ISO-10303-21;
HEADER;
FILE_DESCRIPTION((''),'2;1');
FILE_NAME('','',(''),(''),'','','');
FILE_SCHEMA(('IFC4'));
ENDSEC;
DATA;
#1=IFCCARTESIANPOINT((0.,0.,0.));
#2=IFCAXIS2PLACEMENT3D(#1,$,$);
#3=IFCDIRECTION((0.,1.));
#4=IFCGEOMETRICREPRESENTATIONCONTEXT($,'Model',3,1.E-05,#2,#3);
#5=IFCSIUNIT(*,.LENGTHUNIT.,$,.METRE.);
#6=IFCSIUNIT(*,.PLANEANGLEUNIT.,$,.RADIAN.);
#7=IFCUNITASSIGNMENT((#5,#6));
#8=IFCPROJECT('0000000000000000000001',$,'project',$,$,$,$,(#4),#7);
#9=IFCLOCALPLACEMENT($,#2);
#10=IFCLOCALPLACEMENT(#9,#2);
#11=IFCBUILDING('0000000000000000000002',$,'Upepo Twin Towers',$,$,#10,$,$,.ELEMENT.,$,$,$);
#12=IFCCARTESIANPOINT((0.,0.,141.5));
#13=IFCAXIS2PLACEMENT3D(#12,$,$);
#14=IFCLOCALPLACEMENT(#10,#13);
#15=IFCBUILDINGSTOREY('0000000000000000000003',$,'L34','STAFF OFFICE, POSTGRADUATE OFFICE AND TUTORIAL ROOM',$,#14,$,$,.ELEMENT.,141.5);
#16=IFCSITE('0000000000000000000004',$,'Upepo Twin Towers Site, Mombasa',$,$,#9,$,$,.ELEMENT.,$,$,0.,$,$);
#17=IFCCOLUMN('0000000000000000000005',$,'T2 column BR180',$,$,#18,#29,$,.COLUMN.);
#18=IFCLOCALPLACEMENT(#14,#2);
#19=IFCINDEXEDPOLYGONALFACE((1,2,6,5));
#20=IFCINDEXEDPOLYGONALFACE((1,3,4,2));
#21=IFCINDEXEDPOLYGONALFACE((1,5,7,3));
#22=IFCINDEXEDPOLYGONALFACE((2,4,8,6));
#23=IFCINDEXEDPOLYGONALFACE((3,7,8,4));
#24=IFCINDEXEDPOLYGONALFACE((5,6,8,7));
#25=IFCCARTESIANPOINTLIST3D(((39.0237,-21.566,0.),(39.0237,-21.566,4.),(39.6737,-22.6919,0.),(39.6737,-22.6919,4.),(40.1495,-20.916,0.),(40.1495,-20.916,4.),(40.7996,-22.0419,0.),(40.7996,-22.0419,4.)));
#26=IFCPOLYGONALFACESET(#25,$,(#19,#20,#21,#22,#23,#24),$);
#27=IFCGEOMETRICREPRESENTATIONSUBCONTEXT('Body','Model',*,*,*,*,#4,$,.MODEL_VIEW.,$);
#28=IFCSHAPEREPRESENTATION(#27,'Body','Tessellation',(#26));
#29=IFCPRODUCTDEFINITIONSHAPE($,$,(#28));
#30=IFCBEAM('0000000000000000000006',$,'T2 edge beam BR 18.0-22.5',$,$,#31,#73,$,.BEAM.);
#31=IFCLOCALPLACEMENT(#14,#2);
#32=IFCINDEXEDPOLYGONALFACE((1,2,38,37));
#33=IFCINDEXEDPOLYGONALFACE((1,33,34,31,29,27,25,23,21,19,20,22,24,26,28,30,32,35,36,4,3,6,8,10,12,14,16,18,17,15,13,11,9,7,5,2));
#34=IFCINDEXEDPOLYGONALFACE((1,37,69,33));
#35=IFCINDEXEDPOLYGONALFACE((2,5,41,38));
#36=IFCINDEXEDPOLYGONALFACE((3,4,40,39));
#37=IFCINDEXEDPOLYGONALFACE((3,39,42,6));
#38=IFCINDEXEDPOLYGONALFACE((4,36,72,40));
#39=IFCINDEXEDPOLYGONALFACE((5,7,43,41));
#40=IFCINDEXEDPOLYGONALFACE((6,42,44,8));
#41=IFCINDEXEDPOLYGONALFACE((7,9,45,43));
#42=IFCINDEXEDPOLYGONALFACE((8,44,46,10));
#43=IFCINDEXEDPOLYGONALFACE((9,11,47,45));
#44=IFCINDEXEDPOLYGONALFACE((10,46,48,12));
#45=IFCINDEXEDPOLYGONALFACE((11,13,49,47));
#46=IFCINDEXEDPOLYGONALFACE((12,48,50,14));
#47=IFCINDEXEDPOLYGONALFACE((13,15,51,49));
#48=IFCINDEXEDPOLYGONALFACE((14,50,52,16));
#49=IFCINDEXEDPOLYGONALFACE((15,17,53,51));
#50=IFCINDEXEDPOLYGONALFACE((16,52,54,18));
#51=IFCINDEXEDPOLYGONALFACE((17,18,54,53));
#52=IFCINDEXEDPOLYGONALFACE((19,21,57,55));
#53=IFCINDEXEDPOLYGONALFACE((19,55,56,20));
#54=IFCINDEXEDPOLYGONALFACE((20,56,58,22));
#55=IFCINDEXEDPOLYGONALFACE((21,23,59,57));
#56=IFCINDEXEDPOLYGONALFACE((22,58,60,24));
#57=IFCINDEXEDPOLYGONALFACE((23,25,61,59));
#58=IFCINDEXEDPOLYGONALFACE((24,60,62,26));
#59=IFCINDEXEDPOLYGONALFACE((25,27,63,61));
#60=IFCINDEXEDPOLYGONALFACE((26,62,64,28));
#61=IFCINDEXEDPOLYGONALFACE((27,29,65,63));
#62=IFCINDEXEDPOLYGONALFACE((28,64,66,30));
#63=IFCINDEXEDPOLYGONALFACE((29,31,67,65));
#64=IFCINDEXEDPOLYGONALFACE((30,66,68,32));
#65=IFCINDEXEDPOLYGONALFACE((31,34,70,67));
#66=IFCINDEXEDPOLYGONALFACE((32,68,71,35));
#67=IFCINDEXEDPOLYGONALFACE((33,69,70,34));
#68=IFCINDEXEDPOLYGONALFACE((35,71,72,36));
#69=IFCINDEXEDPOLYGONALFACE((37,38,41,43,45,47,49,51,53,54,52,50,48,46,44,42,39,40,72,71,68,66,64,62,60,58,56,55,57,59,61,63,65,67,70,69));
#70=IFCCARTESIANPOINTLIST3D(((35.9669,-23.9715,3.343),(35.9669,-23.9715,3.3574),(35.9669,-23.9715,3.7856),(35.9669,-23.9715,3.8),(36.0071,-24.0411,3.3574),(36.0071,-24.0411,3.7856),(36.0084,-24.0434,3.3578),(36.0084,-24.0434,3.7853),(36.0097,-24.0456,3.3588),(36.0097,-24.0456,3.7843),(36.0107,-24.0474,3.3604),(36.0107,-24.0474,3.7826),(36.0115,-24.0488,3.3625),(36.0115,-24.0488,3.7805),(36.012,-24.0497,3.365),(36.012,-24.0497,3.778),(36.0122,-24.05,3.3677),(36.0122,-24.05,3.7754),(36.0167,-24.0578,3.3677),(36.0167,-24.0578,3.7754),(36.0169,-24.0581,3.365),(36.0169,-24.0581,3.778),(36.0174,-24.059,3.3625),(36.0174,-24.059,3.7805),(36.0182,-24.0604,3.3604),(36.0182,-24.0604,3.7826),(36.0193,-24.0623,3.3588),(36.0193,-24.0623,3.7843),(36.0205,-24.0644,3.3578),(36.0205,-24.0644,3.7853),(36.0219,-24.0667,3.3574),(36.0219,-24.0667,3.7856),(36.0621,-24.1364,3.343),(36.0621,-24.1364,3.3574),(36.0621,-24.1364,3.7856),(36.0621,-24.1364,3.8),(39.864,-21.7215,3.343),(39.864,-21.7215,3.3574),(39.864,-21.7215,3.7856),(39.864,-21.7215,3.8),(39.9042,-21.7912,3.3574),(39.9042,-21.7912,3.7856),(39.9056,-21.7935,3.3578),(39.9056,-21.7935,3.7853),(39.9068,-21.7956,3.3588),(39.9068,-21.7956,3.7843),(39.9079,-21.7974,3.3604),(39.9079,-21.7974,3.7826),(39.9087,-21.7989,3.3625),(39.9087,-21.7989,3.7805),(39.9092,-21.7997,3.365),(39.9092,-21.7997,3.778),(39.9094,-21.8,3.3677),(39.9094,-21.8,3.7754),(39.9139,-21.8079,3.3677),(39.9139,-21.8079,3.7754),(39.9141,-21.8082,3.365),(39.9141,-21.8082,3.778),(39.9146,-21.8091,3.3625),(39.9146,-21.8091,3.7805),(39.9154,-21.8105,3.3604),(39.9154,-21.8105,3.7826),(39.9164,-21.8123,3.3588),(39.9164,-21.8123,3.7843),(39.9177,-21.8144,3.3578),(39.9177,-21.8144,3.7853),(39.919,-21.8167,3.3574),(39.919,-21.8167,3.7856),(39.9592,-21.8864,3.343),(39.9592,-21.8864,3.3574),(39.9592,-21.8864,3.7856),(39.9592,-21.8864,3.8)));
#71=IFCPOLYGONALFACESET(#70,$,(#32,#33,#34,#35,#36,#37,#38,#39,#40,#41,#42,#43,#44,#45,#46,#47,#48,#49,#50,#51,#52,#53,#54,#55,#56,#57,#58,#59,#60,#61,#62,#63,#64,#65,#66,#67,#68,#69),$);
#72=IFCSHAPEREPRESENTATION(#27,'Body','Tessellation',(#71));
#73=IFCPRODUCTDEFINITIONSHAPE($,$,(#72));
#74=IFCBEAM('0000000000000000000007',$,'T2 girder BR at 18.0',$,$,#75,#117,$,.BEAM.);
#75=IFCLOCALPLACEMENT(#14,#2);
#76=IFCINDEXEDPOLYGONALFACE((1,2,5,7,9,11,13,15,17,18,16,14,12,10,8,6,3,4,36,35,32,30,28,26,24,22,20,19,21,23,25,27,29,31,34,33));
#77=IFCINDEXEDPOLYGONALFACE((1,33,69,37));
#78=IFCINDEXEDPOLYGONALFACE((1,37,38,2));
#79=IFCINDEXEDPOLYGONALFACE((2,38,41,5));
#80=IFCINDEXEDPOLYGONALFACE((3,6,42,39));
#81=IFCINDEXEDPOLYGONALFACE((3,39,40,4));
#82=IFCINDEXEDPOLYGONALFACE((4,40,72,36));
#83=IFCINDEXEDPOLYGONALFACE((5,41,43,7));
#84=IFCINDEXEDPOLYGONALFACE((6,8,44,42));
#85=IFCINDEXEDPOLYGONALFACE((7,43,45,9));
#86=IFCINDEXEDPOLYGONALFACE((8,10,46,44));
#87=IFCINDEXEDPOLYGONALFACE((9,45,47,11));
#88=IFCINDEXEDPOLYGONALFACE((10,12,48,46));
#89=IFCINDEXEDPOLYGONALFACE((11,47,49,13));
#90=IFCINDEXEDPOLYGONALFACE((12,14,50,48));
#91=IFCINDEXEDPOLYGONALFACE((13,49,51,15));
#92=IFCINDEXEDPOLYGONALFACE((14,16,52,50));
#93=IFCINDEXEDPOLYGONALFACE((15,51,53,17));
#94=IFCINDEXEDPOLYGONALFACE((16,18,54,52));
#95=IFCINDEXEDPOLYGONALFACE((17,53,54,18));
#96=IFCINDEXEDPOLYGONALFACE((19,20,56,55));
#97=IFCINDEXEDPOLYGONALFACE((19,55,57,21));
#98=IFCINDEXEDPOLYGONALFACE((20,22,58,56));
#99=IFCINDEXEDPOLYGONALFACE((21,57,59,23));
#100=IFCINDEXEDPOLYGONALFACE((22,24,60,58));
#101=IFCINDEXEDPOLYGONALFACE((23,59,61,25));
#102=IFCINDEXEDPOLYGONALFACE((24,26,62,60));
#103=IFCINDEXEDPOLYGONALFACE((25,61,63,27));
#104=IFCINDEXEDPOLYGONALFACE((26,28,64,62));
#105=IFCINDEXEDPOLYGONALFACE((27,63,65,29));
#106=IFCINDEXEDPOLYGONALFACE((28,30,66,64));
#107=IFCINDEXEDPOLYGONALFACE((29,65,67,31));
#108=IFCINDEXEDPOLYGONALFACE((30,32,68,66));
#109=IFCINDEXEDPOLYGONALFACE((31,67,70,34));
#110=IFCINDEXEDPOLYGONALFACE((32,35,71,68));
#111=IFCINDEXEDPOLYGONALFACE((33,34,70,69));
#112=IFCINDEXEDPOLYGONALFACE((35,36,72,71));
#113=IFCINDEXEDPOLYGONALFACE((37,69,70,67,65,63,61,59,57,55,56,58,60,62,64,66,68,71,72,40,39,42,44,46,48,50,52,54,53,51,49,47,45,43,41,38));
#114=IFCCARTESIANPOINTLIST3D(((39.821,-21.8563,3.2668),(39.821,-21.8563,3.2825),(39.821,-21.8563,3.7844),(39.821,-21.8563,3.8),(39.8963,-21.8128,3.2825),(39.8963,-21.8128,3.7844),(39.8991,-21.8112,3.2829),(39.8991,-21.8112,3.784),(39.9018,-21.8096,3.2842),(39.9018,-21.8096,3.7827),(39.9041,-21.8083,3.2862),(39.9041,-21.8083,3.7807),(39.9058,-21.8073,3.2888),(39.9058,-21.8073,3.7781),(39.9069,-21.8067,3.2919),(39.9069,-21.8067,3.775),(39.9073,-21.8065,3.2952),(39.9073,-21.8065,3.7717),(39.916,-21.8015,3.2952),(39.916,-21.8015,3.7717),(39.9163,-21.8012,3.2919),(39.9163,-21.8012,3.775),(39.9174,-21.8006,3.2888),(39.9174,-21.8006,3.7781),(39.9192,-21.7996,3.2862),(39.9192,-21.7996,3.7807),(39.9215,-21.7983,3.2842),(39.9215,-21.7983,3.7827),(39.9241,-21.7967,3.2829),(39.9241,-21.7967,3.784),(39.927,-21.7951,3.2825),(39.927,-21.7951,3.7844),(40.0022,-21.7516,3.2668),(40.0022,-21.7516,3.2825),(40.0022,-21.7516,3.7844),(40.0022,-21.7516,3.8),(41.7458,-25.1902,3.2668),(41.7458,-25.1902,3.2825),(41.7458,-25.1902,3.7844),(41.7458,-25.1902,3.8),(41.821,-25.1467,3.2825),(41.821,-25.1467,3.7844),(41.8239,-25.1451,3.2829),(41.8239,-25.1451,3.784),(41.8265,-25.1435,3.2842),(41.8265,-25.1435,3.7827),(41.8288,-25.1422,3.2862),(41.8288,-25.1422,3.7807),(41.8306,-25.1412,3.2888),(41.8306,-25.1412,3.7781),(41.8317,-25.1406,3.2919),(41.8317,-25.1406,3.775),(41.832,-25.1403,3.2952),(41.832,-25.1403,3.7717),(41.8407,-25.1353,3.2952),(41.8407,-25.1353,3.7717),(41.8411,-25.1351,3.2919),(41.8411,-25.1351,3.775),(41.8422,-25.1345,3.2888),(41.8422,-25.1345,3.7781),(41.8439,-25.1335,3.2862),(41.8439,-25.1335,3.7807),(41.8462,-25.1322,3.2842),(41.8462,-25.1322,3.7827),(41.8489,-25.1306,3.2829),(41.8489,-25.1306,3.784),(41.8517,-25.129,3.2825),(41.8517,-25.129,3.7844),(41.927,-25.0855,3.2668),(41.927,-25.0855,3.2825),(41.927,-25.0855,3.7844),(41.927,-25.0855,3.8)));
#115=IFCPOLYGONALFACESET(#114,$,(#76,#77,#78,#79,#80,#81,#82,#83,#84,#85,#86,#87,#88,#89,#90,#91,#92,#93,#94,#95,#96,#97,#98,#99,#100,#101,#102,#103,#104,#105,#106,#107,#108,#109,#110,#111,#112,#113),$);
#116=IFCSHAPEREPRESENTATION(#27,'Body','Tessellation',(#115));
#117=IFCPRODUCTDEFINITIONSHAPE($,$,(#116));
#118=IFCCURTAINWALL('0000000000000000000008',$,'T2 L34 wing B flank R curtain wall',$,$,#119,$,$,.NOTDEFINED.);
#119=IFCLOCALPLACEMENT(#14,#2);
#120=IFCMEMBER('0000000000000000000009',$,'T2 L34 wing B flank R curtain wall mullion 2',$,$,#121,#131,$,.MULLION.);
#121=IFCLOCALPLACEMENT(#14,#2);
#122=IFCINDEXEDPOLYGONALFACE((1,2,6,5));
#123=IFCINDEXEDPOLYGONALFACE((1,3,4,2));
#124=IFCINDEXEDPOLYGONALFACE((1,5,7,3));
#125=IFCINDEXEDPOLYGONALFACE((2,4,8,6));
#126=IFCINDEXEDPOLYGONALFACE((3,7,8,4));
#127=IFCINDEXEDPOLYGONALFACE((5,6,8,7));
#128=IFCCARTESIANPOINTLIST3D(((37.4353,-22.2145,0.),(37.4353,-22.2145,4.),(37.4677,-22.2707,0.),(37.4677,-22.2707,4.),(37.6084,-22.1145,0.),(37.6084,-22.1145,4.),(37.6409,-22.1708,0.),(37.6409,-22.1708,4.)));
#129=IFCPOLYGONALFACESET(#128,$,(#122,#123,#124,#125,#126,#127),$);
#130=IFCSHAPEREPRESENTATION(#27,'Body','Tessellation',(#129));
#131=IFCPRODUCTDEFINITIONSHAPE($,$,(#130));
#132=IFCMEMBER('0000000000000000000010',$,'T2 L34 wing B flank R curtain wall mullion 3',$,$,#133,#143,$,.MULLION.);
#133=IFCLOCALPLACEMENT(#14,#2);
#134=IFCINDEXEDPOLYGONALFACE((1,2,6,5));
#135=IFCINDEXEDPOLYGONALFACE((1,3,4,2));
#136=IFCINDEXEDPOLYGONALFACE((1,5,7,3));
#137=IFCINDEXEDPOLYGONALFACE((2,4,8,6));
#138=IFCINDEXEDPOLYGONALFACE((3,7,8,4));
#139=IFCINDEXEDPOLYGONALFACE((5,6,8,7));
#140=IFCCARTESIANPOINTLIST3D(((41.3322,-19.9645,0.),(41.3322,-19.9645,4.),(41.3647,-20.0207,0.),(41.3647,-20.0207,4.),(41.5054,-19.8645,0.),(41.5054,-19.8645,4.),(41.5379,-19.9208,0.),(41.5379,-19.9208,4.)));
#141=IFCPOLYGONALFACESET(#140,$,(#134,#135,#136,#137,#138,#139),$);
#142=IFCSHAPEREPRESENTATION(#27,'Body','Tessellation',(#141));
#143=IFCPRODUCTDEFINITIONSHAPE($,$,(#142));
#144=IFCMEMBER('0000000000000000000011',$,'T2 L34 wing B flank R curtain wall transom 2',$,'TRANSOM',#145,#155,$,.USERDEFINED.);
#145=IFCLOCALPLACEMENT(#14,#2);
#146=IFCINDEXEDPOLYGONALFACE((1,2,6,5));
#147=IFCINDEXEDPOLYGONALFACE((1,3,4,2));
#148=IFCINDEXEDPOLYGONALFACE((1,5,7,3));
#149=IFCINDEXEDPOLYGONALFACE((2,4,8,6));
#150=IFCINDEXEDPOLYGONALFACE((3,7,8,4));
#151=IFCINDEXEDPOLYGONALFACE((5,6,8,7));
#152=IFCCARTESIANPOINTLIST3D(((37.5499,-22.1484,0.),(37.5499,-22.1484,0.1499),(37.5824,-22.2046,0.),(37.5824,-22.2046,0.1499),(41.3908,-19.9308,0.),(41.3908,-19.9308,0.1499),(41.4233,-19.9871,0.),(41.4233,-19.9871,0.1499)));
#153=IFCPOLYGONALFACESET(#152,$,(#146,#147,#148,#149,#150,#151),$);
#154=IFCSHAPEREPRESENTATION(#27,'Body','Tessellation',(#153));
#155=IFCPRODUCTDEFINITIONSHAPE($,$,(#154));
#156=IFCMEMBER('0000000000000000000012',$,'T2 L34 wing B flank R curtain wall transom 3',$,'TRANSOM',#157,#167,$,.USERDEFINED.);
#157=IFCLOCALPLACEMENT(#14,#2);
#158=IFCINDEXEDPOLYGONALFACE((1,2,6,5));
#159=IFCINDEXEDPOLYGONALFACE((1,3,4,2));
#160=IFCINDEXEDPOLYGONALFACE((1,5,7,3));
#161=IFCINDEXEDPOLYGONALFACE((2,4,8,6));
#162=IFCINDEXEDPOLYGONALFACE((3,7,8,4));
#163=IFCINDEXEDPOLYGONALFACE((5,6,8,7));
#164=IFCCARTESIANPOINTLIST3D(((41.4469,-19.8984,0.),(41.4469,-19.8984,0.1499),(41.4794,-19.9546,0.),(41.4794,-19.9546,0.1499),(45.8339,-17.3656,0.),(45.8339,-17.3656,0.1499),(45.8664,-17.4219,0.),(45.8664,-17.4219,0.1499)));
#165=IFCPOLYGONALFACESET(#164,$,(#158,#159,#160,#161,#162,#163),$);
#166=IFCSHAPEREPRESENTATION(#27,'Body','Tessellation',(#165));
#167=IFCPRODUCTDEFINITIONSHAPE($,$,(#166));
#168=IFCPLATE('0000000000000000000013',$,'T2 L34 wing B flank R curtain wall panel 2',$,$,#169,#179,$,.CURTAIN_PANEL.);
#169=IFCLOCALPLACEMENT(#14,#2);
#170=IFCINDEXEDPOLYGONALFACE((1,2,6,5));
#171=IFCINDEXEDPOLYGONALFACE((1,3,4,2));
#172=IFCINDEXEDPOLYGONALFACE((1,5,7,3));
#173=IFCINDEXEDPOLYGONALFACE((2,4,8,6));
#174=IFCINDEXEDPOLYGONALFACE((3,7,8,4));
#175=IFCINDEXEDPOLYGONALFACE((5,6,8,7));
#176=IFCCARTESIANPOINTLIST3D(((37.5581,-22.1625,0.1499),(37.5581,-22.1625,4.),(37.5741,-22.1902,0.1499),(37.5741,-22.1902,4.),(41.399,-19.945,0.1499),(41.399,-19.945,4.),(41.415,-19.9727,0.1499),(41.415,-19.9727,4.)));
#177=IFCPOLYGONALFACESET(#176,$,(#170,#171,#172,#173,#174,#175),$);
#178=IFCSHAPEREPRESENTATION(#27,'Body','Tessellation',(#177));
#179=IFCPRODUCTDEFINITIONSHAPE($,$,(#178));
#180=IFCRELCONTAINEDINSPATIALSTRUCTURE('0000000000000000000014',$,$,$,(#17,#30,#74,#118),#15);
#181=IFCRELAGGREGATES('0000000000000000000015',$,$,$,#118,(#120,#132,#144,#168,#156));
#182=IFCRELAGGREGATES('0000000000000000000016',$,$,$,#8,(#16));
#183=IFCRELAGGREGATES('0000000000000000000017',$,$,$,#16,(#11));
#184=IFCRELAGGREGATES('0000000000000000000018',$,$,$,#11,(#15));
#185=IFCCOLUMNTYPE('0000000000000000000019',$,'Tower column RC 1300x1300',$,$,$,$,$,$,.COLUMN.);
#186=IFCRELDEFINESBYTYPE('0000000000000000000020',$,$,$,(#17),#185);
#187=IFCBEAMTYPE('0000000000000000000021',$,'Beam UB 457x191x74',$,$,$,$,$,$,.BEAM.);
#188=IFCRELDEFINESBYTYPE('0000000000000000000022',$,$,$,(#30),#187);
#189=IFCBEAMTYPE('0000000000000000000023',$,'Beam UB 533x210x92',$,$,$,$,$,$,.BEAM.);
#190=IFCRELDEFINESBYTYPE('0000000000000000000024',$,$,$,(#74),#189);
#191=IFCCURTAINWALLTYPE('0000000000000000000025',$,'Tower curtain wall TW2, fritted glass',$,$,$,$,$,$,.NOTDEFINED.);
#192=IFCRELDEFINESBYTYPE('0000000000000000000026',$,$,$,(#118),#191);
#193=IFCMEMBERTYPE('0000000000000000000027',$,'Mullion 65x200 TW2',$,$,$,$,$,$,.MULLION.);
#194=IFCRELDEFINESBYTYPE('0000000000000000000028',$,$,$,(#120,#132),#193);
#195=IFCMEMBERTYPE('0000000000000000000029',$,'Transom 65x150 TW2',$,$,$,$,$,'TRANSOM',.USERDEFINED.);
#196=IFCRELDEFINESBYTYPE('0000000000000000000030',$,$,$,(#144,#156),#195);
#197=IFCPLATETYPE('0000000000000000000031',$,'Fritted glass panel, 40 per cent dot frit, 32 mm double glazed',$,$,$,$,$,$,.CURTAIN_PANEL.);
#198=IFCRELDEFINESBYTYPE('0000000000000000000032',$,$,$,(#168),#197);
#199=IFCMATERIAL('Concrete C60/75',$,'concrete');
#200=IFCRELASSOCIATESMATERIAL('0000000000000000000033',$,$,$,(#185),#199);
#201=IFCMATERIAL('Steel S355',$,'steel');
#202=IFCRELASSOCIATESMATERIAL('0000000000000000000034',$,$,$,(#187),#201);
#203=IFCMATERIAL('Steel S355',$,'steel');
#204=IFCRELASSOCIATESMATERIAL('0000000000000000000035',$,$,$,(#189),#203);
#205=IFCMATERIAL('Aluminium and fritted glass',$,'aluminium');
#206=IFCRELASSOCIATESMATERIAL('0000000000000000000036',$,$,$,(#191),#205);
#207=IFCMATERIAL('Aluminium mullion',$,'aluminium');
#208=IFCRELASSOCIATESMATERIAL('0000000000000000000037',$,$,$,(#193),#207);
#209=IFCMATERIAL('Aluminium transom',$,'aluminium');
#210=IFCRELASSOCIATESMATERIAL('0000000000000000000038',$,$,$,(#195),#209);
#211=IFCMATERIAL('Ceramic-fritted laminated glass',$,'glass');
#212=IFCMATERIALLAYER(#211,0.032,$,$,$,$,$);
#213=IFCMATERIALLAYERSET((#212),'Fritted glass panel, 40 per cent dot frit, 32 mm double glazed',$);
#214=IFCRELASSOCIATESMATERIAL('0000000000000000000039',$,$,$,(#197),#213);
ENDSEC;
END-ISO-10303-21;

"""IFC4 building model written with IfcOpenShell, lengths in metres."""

from ifc_helpers import new_model, si_unit, direction, frame, origin, origin_2d, place, context, subcontext, project, spatial, rectangle, i_section, extrude, material, layer, layer_set, material_profile, profile_set, type_object, element, aggregate, save


model = new_model("IFC4")

# Units and contexts
model_context = context("Model", 3, precision=1e-05, world=origin(), true_north=direction((0.0, 1.0)))
body_context = subcontext(model_context, "Body", "Model", "MODEL_VIEW")
ifc_project = project(units=[si_unit("LENGTHUNIT", "METRE"), si_unit("PLANEANGLEUNIT", "RADIAN")], contexts=[model_context])

# Site, building, storey
site_placement = place(None, origin())
site = spatial("IfcSite", under=ifc_project, at=site_placement, Name="Upepo Twin Towers Site, Mombasa", CompositionType="ELEMENT", RefElevation=0.0)
building_placement = place(site_placement, origin())
building = spatial("IfcBuilding", under=site, at=building_placement, Name="Upepo Twin Towers", CompositionType="ELEMENT")
storey_placement = place(building_placement, frame((0.0, 0.0, 141.5)))
storey = spatial("IfcBuildingStorey", under=building, at=storey_placement, Name="L34", Description="STAFF OFFICE, POSTGRADUATE OFFICE AND TUTORIAL ROOM", CompositionType="ELEMENT", Elevation=141.5)

# Column
ifc_material_1 = material(Name="Concrete C60/75", Category="concrete")
ifc_material_profile_1 = material_profile(ifc_material_1, rectangle(XDim=1.3, YDim=1.3, at=origin_2d()), Name="RC 1300x1300")
ifc_profile_set_1 = profile_set([ifc_material_profile_1], Name="Concrete C60/75")
column_type = type_object("IfcColumnType", Name="Tower column RC 1300x1300", PredefinedType="COLUMN", material=ifc_profile_set_1)
column_placement = place(storey_placement, frame((39.9116, -21.804, 0.0), z_axis=(0.0, 0.0, 1.0), x_axis=(0.866025, 0.5, 0.0)))
element("IfcColumn", 1, at=column_placement, inside=storey, type_object=column_type, Name="T2 column BR180", PredefinedType="COLUMN", context=body_context, shape_type="SweptSolid", body=[
    extrude(rectangle(XDim=1.3, YDim=1.3, at=origin_2d()), origin(), (0.0, 0.0, 1.0), 4.0),
])

# Beams
ifc_material_2 = material(Name="Steel S355", Category="steel")
ifc_material_profile_2 = material_profile(ifc_material_2, i_section(OverallWidth=0.1904, OverallDepth=0.457, WebThickness=0.009, FlangeThickness=0.0144, FilletRadius=0.0103, at=origin_2d()), Name="UB 457x191x74")
ifc_profile_set_2 = profile_set([ifc_material_profile_2], Name="Steel S355")
beam_type_1 = type_object("IfcBeamType", Name="Beam UB 457x191x74", PredefinedType="BEAM", material=ifc_profile_set_2)
beam_1_placement = place(storey_placement, frame((39.9116, -21.804, 3.5715), z_axis=(-0.866031, -0.49999, 0.0), x_axis=(0.49999, -0.866031, 0.0)))
element("IfcBeam", 2, at=beam_1_placement, inside=storey, type_object=beam_type_1, Name="T2 edge beam BR 18.0-22.5", PredefinedType="BEAM", context=body_context, shape_type="SweptSolid", body=[
    extrude(i_section(OverallWidth=0.1904, OverallDepth=0.457, WebThickness=0.009, FlangeThickness=0.0144, FilletRadius=0.0103, at=origin_2d()), origin(), (0.0, 0.0, 1.0), 4.5),
])
ifc_material_3 = material(Name="Steel S355", Category="steel")
ifc_material_profile_3 = material_profile(ifc_material_3, i_section(OverallWidth=0.2092, OverallDepth=0.5332, WebThickness=0.01, FlangeThickness=0.0156, FilletRadius=0.0127, at=origin_2d()), Name="UB 533x210x92")
ifc_profile_set_3 = profile_set([ifc_material_profile_3], Name="Steel S355")
beam_type_2 = type_object("IfcBeamType", Name="Beam UB 533x210x92", PredefinedType="BEAM", material=ifc_profile_set_3)
beam_2_placement = place(storey_placement, frame((39.9116, -21.804, 3.5334), z_axis=(0.499986, -0.866034, 0.0), x_axis=(0.866034, 0.499986, 0.0)))
element("IfcBeam", 3, at=beam_2_placement, inside=storey, type_object=beam_type_2, Name="T2 girder BR at 18.0", PredefinedType="BEAM", context=body_context, shape_type="SweptSolid", body=[
    extrude(i_section(OverallWidth=0.2092, OverallDepth=0.5332, WebThickness=0.01, FlangeThickness=0.0156, FilletRadius=0.0127, at=origin_2d()), origin(), (0.0, 0.0, 1.0), 3.8496),
])

# Curtain wall, members, plate
ifc_material_4 = material(Name="Aluminium and fritted glass", Category="aluminium")
curtain_wall_type = type_object("IfcCurtainWallType", Name="Tower curtain wall TW2, fritted glass", PredefinedType="NOTDEFINED", material=ifc_material_4)
curtain_wall_placement = place(storey_placement, origin())
curtain_wall = element("IfcCurtainWall", 4, at=curtain_wall_placement, inside=storey, type_object=curtain_wall_type, Name="T2 L34 wing B flank R curtain wall", PredefinedType="NOTDEFINED")
ifc_material_5 = material(Name="Aluminium mullion", Category="aluminium")
ifc_material_profile_4 = material_profile(ifc_material_5, rectangle(XDim=0.0649, YDim=0.2, at=origin_2d()), Name="MULLION 65x200")
ifc_profile_set_4 = profile_set([ifc_material_profile_4], Name="Aluminium mullion")
member_type_1 = type_object("IfcMemberType", Name="Mullion 65x200 TW2", PredefinedType="MULLION", material=ifc_profile_set_4)
member_1_placement = place(storey_placement, frame((37.5381, -22.1926, 0.0), z_axis=(0.0, 0.0, 1.0), x_axis=(-0.5, 0.866025, 0.0)))
member_1 = element("IfcMember", 5, at=member_1_placement, type_object=member_type_1, Name="T2 L34 wing B flank R curtain wall mullion 2", PredefinedType="MULLION", context=body_context, shape_type="SweptSolid", body=[
    extrude(rectangle(XDim=0.0649, YDim=0.2, at=origin_2d()), origin(), (0.0, 0.0, 1.0), 4.0),
])
member_2_placement = place(storey_placement, frame((41.4351, -19.9426, 0.0), z_axis=(0.0, 0.0, 1.0), x_axis=(-0.5, 0.866025, 0.0)))
member_2 = element("IfcMember", 6, at=member_2_placement, type_object=member_type_1, Name="T2 L34 wing B flank R curtain wall mullion 3", PredefinedType="MULLION", context=body_context, shape_type="SweptSolid", body=[
    extrude(rectangle(XDim=0.0649, YDim=0.2, at=origin_2d()), origin(), (0.0, 0.0, 1.0), 4.0),
])
ifc_material_6 = material(Name="Aluminium transom", Category="aluminium")
ifc_material_profile_5 = material_profile(ifc_material_6, rectangle(XDim=0.0649, YDim=0.1499, at=origin_2d()), Name="TRANSOM 65x150")
ifc_profile_set_5 = profile_set([ifc_material_profile_5], Name="Aluminium transom")
member_type_2 = type_object("IfcMemberType", Name="Transom 65x150 TW2", ElementType="TRANSOM", PredefinedType="USERDEFINED", material=ifc_profile_set_5)
member_3_placement = place(storey_placement, frame((37.5662, -22.1765, 0.075), z_axis=(0.866022, 0.500005, 0.0), x_axis=(-0.500005, 0.866022, 0.0)))
member_3 = element("IfcMember", 7, at=member_3_placement, type_object=member_type_2, Name="T2 L34 wing B flank R curtain wall transom 2", ObjectType="TRANSOM", PredefinedType="USERDEFINED", context=body_context, shape_type="SweptSolid", body=[
    extrude(rectangle(XDim=0.0649, YDim=0.1499, at=origin_2d()), origin(), (0.0, 0.0, 1.0), 4.4351),
])
member_4_placement = place(storey_placement, frame((41.4631, -19.9265, 0.075), z_axis=(0.866034, 0.499985, 0.0), x_axis=(-0.499985, 0.866034, 0.0)))
member_4 = element("IfcMember", 8, at=member_4_placement, type_object=member_type_2, Name="T2 L34 wing B flank R curtain wall transom 3", ObjectType="TRANSOM", PredefinedType="USERDEFINED", context=body_context, shape_type="SweptSolid", body=[
    extrude(rectangle(XDim=0.0649, YDim=0.1499, at=origin_2d()), origin(), (0.0, 0.0, 1.0), 5.0657),
])
ifc_material_7 = material(Name="Ceramic-fritted laminated glass", Category="glass")
ifc_layer_1 = layer(ifc_material_7, 0.032)
ifc_layer_set_1 = layer_set([ifc_layer_1], Name="Fritted glass panel, 40 per cent dot frit, 32 mm double glazed")
plate_type = type_object("IfcPlateType", Name="Fritted glass panel, 40 per cent dot frit, 32 mm double glazed", PredefinedType="CURTAIN_PANEL", material=ifc_layer_set_1)
plate_placement = place(storey_placement, frame((39.4866, -21.0676, 0.1499), z_axis=(0.0, 0.0, 1.0), x_axis=(0.866025, 0.5, 0.0)))
plate = element("IfcPlate", 9, at=plate_placement, type_object=plate_type, Name="T2 L34 wing B flank R curtain wall panel 2", PredefinedType="CURTAIN_PANEL", context=body_context, shape_type="SweptSolid", body=[
    extrude(rectangle(XDim=4.4351, YDim=0.032, at=origin_2d()), origin(), (0.0, 0.0, 1.0), 3.8501),
])
aggregate(curtain_wall, [member_1, member_2, member_3, plate, member_4])

save(model, "model.ifc")
